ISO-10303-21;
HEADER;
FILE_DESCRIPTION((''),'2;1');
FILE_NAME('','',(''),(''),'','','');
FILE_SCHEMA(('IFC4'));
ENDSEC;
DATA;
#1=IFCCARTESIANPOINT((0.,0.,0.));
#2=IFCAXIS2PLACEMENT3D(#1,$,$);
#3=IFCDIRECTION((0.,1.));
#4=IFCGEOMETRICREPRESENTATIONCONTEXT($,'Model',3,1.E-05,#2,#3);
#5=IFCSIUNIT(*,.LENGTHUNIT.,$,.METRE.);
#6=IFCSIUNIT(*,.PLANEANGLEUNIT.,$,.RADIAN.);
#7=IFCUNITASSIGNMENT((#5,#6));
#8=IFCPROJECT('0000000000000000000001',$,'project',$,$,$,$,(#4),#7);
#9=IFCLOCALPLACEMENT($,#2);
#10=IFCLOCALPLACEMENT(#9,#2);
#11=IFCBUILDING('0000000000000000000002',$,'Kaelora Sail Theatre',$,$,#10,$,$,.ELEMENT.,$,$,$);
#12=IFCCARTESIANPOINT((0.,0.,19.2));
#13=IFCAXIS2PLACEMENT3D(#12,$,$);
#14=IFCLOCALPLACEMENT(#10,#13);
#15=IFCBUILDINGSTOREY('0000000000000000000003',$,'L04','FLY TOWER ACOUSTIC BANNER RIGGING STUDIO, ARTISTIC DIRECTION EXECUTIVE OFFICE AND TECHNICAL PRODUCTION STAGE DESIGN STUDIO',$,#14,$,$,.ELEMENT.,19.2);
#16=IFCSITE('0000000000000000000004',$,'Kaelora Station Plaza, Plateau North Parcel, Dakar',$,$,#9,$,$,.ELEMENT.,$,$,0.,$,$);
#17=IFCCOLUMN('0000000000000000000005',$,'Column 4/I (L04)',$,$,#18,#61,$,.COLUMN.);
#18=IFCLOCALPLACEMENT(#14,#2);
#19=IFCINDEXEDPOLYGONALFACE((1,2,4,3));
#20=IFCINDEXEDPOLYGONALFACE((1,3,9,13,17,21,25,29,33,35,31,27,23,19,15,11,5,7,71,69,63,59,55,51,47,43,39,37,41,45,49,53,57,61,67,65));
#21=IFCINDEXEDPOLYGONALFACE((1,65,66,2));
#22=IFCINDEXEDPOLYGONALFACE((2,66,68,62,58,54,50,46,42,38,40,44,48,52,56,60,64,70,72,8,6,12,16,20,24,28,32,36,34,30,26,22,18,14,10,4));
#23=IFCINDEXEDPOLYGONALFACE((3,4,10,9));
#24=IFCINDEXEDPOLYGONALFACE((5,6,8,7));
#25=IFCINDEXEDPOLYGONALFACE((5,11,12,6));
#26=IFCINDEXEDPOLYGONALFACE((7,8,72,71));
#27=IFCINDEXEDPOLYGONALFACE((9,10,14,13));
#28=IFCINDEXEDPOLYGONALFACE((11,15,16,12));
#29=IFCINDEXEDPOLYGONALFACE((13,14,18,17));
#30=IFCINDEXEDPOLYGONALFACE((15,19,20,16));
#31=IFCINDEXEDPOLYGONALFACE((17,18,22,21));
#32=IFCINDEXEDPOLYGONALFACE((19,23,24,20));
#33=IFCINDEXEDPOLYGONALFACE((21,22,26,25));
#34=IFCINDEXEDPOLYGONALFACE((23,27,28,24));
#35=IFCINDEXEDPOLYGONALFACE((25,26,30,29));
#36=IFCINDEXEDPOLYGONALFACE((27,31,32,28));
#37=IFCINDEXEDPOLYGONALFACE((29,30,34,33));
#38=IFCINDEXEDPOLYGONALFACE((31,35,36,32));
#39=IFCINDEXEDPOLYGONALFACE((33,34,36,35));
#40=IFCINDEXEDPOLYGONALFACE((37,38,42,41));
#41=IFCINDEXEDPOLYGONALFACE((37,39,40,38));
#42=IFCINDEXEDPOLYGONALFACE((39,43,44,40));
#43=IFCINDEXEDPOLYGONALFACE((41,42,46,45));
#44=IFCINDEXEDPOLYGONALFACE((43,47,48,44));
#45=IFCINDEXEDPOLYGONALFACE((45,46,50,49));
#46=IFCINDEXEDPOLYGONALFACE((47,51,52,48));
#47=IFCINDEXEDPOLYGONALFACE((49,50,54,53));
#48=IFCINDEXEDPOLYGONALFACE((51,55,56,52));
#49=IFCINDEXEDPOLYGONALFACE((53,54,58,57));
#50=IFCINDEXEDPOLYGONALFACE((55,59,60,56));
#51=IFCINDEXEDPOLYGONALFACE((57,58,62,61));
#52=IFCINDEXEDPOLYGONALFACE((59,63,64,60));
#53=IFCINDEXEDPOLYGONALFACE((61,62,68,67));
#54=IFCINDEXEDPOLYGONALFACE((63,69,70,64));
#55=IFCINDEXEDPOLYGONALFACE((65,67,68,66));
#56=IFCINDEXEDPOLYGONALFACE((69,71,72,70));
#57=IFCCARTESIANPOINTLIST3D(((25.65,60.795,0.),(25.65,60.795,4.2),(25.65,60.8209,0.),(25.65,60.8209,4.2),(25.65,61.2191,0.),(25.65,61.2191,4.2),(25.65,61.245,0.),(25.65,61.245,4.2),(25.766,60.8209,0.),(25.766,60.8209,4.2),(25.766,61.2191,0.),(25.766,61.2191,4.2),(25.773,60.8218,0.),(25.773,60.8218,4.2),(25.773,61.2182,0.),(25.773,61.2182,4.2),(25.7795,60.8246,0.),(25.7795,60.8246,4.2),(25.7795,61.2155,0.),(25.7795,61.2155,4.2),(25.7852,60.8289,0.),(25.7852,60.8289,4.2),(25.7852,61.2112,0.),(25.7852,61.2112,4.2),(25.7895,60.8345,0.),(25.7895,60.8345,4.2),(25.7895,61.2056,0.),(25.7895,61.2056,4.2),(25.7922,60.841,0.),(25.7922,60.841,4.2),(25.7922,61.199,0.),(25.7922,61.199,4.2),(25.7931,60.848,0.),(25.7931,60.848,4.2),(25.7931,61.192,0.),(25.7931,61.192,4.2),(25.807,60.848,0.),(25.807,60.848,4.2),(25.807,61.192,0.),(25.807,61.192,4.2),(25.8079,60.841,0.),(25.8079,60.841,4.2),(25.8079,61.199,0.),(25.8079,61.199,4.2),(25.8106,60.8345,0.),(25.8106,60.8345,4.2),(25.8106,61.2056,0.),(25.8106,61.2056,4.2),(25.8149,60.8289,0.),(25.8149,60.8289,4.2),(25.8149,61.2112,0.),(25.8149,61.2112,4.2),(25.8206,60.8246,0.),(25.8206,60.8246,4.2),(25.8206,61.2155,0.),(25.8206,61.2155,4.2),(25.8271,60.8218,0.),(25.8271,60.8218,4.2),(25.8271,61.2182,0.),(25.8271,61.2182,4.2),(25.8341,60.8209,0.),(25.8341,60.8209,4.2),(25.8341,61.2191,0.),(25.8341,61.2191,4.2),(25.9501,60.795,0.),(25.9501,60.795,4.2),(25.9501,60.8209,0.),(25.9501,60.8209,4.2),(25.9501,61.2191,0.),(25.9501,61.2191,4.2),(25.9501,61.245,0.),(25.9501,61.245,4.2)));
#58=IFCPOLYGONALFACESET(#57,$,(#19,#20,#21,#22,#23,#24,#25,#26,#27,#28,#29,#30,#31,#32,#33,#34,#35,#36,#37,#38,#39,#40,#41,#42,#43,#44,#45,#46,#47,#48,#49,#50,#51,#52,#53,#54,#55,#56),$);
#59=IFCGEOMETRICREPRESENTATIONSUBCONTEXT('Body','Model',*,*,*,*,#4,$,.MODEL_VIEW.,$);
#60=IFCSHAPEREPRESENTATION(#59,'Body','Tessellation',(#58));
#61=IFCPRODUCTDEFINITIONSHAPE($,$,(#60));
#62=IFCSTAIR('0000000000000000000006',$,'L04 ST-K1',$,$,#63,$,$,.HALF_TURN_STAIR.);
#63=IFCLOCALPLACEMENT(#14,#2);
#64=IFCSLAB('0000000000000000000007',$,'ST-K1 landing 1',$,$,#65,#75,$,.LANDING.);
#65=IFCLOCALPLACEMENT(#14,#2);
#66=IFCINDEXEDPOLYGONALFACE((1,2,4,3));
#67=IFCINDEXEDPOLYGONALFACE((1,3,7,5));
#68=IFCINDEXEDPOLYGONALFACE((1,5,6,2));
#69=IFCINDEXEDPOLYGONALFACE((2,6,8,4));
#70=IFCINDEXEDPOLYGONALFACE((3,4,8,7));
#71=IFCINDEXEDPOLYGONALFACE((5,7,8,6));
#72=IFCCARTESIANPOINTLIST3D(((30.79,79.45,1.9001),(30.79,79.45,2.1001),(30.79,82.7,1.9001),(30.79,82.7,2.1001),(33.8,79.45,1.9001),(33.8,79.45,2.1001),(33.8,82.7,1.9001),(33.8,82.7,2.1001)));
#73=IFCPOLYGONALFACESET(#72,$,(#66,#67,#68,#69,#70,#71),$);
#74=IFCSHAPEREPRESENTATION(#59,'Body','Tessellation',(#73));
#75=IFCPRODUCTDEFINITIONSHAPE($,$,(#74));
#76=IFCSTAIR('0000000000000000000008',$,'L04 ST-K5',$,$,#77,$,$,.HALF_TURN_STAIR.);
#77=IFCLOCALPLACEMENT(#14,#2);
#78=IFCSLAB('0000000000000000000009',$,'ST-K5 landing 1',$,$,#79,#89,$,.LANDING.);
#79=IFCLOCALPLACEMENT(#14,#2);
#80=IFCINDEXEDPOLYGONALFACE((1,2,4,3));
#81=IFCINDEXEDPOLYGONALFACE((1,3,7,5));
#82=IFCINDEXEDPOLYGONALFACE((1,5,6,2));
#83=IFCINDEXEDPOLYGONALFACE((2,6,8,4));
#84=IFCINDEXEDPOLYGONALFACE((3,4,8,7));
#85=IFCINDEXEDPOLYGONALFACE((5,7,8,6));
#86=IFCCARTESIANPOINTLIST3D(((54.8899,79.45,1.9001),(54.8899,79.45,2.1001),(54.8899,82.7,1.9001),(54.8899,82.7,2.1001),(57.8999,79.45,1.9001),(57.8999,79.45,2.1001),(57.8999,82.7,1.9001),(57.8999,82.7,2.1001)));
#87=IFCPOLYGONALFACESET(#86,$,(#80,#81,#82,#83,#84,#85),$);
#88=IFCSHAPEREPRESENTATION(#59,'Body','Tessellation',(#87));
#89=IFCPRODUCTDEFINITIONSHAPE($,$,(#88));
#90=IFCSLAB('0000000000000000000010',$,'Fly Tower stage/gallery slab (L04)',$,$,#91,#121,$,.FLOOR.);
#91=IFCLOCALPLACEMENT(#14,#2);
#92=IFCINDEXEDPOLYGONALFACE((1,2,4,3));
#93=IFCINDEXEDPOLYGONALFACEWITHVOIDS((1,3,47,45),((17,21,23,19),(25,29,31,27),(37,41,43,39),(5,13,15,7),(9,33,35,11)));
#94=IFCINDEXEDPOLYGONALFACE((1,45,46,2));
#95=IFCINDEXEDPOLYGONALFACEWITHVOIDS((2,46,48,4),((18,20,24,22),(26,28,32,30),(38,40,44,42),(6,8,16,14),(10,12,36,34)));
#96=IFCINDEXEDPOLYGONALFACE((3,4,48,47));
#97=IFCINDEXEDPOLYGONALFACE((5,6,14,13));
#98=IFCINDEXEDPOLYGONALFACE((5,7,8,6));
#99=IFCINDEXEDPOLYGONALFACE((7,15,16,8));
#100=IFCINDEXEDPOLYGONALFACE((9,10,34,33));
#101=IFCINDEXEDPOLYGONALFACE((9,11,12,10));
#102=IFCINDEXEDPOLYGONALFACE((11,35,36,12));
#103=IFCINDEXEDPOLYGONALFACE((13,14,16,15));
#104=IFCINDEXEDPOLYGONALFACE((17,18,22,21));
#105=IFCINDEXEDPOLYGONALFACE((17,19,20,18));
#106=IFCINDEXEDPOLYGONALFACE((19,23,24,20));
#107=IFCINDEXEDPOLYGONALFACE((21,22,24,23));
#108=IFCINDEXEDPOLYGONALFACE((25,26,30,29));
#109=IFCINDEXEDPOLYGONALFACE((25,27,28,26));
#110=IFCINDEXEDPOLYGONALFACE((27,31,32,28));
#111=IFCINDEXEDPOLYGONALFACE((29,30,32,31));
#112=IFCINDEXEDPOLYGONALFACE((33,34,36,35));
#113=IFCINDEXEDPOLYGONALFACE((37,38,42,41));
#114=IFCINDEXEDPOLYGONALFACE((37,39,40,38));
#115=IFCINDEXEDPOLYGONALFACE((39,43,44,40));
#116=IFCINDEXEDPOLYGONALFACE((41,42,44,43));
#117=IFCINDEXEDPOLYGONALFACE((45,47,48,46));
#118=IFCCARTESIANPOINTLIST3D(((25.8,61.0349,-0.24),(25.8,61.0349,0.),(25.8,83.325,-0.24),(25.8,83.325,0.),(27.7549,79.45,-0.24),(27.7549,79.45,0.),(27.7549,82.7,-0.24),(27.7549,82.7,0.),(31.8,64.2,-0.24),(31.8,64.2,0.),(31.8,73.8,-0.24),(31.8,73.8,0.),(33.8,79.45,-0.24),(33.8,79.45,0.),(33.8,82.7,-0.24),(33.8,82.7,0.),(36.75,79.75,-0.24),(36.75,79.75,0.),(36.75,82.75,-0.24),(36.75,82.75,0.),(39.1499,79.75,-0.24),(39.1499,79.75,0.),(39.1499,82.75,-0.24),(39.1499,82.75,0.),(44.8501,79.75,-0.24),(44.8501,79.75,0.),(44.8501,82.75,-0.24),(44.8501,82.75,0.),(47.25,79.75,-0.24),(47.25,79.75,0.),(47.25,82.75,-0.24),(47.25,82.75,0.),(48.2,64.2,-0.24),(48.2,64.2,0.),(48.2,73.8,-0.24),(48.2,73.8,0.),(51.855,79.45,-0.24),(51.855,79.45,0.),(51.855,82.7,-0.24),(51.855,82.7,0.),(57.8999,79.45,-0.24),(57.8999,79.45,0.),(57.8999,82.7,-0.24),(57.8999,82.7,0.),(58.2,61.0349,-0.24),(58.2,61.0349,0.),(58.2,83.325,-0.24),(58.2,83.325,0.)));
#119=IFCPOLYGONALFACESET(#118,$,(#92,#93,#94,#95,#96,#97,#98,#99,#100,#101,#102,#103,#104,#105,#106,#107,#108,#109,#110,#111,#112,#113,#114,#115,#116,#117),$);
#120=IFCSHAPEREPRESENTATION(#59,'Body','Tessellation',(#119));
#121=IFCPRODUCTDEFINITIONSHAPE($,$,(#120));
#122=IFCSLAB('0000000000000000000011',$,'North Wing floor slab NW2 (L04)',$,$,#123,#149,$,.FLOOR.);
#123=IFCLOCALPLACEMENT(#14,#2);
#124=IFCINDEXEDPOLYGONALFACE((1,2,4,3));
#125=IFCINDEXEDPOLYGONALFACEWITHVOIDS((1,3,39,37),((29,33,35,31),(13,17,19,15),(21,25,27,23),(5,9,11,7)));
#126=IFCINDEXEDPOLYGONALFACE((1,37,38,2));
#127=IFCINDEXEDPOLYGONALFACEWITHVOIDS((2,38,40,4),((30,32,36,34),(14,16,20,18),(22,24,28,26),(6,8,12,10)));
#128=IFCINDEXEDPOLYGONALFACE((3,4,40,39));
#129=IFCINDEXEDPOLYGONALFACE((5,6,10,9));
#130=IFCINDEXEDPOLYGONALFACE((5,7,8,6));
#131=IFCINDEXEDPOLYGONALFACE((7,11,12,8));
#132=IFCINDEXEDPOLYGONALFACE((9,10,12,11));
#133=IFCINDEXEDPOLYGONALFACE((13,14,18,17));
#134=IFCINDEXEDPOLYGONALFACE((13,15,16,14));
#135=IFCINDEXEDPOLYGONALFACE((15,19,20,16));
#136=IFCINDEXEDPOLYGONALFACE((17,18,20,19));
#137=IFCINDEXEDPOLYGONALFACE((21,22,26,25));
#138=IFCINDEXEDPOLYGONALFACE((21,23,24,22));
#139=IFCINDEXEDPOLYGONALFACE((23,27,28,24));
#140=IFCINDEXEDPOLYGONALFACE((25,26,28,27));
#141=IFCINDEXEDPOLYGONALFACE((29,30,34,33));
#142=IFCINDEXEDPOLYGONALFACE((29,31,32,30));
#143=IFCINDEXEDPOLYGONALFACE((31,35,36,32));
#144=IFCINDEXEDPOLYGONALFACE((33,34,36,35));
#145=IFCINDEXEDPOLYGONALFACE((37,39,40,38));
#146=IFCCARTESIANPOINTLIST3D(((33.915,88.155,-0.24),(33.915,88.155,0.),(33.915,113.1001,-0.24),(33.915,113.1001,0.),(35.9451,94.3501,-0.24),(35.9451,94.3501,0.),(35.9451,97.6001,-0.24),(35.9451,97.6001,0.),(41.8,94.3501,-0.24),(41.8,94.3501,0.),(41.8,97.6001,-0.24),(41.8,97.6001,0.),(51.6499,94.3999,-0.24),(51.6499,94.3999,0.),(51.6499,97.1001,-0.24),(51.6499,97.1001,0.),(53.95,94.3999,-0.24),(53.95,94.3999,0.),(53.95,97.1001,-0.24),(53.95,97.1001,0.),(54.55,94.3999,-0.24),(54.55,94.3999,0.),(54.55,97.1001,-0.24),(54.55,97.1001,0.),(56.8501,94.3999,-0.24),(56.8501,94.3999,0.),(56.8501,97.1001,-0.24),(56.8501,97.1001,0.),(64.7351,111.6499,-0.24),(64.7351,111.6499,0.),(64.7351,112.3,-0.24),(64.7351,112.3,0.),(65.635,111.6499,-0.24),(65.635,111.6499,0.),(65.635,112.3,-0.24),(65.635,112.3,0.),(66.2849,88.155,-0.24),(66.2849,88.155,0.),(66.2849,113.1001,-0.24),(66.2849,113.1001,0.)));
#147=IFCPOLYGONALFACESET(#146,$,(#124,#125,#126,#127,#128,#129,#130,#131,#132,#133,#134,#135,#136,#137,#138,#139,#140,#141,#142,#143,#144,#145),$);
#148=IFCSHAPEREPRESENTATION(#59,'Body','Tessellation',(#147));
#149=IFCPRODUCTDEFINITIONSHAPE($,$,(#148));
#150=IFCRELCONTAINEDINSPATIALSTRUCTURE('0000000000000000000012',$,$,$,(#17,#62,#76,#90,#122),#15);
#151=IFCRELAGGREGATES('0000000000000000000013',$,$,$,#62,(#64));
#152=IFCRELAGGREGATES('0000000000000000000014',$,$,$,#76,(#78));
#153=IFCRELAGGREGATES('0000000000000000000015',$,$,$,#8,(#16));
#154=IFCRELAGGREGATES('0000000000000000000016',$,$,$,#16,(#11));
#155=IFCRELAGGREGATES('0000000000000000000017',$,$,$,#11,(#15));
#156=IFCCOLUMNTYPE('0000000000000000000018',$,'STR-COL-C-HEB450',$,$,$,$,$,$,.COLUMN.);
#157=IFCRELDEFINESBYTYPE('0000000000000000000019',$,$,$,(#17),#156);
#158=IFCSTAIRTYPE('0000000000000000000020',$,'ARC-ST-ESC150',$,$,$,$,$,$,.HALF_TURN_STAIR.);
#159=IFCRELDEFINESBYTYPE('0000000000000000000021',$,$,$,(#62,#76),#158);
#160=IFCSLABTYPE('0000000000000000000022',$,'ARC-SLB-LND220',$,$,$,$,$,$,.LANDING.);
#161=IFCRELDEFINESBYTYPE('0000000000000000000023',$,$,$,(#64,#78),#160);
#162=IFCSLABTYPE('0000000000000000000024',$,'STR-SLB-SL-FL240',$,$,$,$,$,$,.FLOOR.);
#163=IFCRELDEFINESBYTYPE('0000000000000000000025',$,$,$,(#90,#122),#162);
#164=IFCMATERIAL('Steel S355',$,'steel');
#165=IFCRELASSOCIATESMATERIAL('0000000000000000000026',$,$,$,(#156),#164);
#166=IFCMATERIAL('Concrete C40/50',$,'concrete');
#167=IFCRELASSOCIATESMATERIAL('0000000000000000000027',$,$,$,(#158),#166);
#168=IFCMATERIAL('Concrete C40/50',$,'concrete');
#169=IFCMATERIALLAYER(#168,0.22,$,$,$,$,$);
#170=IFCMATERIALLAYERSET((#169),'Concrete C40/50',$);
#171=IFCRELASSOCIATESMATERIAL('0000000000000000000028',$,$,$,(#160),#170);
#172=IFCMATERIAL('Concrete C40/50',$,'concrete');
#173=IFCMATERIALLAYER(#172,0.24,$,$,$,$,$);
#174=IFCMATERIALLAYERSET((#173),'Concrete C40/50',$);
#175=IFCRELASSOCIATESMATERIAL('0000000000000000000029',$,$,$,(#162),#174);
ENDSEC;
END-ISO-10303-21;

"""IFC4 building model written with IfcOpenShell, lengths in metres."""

from ifc_helpers import new_model, si_unit, direction, frame, origin, origin_2d, place, context, subcontext, project, spatial, polyline, i_section, outline, extrude, material, layer, layer_set, material_profile, profile_set, type_object, element, aggregate, save


model = new_model("IFC4")

# Units and contexts
model_context = context("Model", 3, precision=1e-05, world=origin(), true_north=direction((0.0, 1.0)))
body_context = subcontext(model_context, "Body", "Model", "MODEL_VIEW")
ifc_project = project(units=[si_unit("LENGTHUNIT", "METRE"), si_unit("PLANEANGLEUNIT", "RADIAN")], contexts=[model_context])

# Site, building, storey
site_placement = place(None, origin())
site = spatial("IfcSite", under=ifc_project, at=site_placement, Name="Kaelora Station Plaza, Plateau North Parcel, Dakar", CompositionType="ELEMENT", RefElevation=0.0)
building_placement = place(site_placement, origin())
building = spatial("IfcBuilding", under=site, at=building_placement, Name="Kaelora Sail Theatre", CompositionType="ELEMENT")
storey_placement = place(building_placement, frame((0.0, 0.0, 19.2)))
storey = spatial("IfcBuildingStorey", under=building, at=storey_placement, Name="L04", Description="FLY TOWER ACOUSTIC BANNER RIGGING STUDIO, ARTISTIC DIRECTION EXECUTIVE OFFICE AND TECHNICAL PRODUCTION STAGE DESIGN STUDIO", CompositionType="ELEMENT", Elevation=19.2)

# Column
ifc_material_1 = material(Name="Steel S355", Category="steel")
ifc_material_profile = material_profile(ifc_material_1, i_section(OverallWidth=0.3, OverallDepth=0.45, WebThickness=0.0139, FlangeThickness=0.0259, FilletRadius=0.0271, at=origin_2d()), Name="HEB 450")
ifc_profile_set = profile_set([ifc_material_profile], Name="Steel S355")
column_type = type_object("IfcColumnType", Name="STR-COL-C-HEB450", PredefinedType="COLUMN", material=ifc_profile_set)
column_placement = place(storey_placement, frame((25.8, 61.02, 0.0), z_axis=(0.0, 0.0, 1.0), x_axis=(1.0, 0.0, 0.0)))
element("IfcColumn", 1, at=column_placement, inside=storey, type_object=column_type, Name="Column 4/I (L04)", PredefinedType="COLUMN", context=body_context, shape_type="SweptSolid", body=[
    extrude(i_section(OverallWidth=0.3, OverallDepth=0.45, WebThickness=0.0139, FlangeThickness=0.0259, FilletRadius=0.0271, at=origin_2d()), origin(), (0.0, 0.0, 1.0), 4.2),
])

# Stairs, slabs
ifc_material_2 = material(Name="Concrete C40/50", Category="concrete")
stair_type = type_object("IfcStairType", Name="ARC-ST-ESC150", PredefinedType="HALF_TURN_STAIR", material=ifc_material_2)
stair_1_placement = place(storey_placement, origin())
stair_1 = element("IfcStair", 2, at=stair_1_placement, inside=storey, type_object=stair_type, Name="L04 ST-K1", PredefinedType="HALF_TURN_STAIR")
ifc_material_3 = material(Name="Concrete C40/50", Category="concrete")
ifc_layer_1 = layer(ifc_material_3, 0.22)
ifc_layer_set_1 = layer_set([ifc_layer_1], Name="Concrete C40/50")
slab_type_1 = type_object("IfcSlabType", Name="ARC-SLB-LND220", PredefinedType="LANDING", material=ifc_layer_set_1)
slab_1_placement = place(storey_placement, frame((0.0, 0.0, 1.9001)))
slab_1 = element("IfcSlab", 3, at=slab_1_placement, type_object=slab_type_1, Name="ST-K1 landing 1", PredefinedType="LANDING", context=body_context, shape_type="SweptSolid", body=[
    extrude(outline(polyline([(30.79, 79.45), (33.8, 79.45), (33.8, 82.7), (30.79, 82.7), (30.79, 79.45)])), origin(), (0.0, 0.0, 1.0), 0.2),
])
aggregate(stair_1, [slab_1])
stair_2_placement = place(storey_placement, origin())
stair_2 = element("IfcStair", 4, at=stair_2_placement, inside=storey, type_object=stair_type, Name="L04 ST-K5", PredefinedType="HALF_TURN_STAIR")
slab_2_placement = place(storey_placement, frame((0.0, 0.0, 1.9001)))
slab_2 = element("IfcSlab", 5, at=slab_2_placement, type_object=slab_type_1, Name="ST-K5 landing 1", PredefinedType="LANDING", context=body_context, shape_type="SweptSolid", body=[
    extrude(outline(polyline([(54.8899, 79.45), (57.8999, 79.45), (57.8999, 82.7), (54.8899, 82.7), (54.8899, 79.45)])), origin(), (0.0, 0.0, 1.0), 0.2),
])
aggregate(stair_2, [slab_2])

# Slabs
ifc_material_4 = material(Name="Concrete C40/50", Category="concrete")
ifc_layer_2 = layer(ifc_material_4, 0.24)
ifc_layer_set_2 = layer_set([ifc_layer_2], Name="Concrete C40/50")
slab_type_2 = type_object("IfcSlabType", Name="STR-SLB-SL-FL240", PredefinedType="FLOOR", material=ifc_layer_set_2)
slab_3_placement = place(storey_placement, frame((0.0, 0.0, -0.24)))
element("IfcSlab", 6, at=slab_3_placement, inside=storey, type_object=slab_type_2, Name="Fly Tower stage/gallery slab (L04)", PredefinedType="FLOOR", context=body_context, shape_type="SweptSolid", body=[
    extrude(outline(polyline([(25.8, 61.0349), (58.2, 61.0349), (58.2, 83.325), (25.8, 83.325), (25.8, 61.0349)]), holes=[polyline([(27.7549, 79.45), (33.8, 79.45), (33.8, 82.7), (27.7549, 82.7), (27.7549, 79.45)]), polyline([(51.855, 79.45), (57.8999, 79.45), (57.8999, 82.7), (51.855, 82.7), (51.855, 79.45)]), polyline([(36.75, 79.75), (39.1499, 79.75), (39.1499, 82.75), (36.75, 82.75), (36.75, 79.75)]), polyline([(44.8501, 79.75), (47.25, 79.75), (47.25, 82.75), (44.8501, 82.75), (44.8501, 79.75)]), polyline([(31.8, 64.2), (48.2, 64.2), (48.2, 73.8), (31.8, 73.8), (31.8, 64.2)])]), origin(), (0.0, 0.0, 1.0), 0.24),
])
slab_4_placement = place(storey_placement, frame((0.0, 0.0, -0.24)))
element("IfcSlab", 7, at=slab_4_placement, inside=storey, type_object=slab_type_2, Name="North Wing floor slab NW2 (L04)", PredefinedType="FLOOR", context=body_context, shape_type="SweptSolid", body=[
    extrude(outline(polyline([(33.915, 88.155), (33.915, 113.1001), (66.2849, 113.1001), (66.2849, 88.155), (33.915, 88.155)]), holes=[polyline([(35.9451, 94.3501), (41.8, 94.3501), (41.8, 97.6001), (35.9451, 97.6001), (35.9451, 94.3501)]), polyline([(51.6499, 94.3999), (53.95, 94.3999), (53.95, 97.1001), (51.6499, 97.1001), (51.6499, 94.3999)]), polyline([(54.55, 94.3999), (56.8501, 94.3999), (56.8501, 97.1001), (54.55, 97.1001), (54.55, 94.3999)]), polyline([(64.7351, 111.6499), (65.635, 111.6499), (65.635, 112.3), (64.7351, 112.3), (64.7351, 111.6499)])]), origin(), (0.0, 0.0, 1.0), 0.24),
])

save(model, "model.ifc")
